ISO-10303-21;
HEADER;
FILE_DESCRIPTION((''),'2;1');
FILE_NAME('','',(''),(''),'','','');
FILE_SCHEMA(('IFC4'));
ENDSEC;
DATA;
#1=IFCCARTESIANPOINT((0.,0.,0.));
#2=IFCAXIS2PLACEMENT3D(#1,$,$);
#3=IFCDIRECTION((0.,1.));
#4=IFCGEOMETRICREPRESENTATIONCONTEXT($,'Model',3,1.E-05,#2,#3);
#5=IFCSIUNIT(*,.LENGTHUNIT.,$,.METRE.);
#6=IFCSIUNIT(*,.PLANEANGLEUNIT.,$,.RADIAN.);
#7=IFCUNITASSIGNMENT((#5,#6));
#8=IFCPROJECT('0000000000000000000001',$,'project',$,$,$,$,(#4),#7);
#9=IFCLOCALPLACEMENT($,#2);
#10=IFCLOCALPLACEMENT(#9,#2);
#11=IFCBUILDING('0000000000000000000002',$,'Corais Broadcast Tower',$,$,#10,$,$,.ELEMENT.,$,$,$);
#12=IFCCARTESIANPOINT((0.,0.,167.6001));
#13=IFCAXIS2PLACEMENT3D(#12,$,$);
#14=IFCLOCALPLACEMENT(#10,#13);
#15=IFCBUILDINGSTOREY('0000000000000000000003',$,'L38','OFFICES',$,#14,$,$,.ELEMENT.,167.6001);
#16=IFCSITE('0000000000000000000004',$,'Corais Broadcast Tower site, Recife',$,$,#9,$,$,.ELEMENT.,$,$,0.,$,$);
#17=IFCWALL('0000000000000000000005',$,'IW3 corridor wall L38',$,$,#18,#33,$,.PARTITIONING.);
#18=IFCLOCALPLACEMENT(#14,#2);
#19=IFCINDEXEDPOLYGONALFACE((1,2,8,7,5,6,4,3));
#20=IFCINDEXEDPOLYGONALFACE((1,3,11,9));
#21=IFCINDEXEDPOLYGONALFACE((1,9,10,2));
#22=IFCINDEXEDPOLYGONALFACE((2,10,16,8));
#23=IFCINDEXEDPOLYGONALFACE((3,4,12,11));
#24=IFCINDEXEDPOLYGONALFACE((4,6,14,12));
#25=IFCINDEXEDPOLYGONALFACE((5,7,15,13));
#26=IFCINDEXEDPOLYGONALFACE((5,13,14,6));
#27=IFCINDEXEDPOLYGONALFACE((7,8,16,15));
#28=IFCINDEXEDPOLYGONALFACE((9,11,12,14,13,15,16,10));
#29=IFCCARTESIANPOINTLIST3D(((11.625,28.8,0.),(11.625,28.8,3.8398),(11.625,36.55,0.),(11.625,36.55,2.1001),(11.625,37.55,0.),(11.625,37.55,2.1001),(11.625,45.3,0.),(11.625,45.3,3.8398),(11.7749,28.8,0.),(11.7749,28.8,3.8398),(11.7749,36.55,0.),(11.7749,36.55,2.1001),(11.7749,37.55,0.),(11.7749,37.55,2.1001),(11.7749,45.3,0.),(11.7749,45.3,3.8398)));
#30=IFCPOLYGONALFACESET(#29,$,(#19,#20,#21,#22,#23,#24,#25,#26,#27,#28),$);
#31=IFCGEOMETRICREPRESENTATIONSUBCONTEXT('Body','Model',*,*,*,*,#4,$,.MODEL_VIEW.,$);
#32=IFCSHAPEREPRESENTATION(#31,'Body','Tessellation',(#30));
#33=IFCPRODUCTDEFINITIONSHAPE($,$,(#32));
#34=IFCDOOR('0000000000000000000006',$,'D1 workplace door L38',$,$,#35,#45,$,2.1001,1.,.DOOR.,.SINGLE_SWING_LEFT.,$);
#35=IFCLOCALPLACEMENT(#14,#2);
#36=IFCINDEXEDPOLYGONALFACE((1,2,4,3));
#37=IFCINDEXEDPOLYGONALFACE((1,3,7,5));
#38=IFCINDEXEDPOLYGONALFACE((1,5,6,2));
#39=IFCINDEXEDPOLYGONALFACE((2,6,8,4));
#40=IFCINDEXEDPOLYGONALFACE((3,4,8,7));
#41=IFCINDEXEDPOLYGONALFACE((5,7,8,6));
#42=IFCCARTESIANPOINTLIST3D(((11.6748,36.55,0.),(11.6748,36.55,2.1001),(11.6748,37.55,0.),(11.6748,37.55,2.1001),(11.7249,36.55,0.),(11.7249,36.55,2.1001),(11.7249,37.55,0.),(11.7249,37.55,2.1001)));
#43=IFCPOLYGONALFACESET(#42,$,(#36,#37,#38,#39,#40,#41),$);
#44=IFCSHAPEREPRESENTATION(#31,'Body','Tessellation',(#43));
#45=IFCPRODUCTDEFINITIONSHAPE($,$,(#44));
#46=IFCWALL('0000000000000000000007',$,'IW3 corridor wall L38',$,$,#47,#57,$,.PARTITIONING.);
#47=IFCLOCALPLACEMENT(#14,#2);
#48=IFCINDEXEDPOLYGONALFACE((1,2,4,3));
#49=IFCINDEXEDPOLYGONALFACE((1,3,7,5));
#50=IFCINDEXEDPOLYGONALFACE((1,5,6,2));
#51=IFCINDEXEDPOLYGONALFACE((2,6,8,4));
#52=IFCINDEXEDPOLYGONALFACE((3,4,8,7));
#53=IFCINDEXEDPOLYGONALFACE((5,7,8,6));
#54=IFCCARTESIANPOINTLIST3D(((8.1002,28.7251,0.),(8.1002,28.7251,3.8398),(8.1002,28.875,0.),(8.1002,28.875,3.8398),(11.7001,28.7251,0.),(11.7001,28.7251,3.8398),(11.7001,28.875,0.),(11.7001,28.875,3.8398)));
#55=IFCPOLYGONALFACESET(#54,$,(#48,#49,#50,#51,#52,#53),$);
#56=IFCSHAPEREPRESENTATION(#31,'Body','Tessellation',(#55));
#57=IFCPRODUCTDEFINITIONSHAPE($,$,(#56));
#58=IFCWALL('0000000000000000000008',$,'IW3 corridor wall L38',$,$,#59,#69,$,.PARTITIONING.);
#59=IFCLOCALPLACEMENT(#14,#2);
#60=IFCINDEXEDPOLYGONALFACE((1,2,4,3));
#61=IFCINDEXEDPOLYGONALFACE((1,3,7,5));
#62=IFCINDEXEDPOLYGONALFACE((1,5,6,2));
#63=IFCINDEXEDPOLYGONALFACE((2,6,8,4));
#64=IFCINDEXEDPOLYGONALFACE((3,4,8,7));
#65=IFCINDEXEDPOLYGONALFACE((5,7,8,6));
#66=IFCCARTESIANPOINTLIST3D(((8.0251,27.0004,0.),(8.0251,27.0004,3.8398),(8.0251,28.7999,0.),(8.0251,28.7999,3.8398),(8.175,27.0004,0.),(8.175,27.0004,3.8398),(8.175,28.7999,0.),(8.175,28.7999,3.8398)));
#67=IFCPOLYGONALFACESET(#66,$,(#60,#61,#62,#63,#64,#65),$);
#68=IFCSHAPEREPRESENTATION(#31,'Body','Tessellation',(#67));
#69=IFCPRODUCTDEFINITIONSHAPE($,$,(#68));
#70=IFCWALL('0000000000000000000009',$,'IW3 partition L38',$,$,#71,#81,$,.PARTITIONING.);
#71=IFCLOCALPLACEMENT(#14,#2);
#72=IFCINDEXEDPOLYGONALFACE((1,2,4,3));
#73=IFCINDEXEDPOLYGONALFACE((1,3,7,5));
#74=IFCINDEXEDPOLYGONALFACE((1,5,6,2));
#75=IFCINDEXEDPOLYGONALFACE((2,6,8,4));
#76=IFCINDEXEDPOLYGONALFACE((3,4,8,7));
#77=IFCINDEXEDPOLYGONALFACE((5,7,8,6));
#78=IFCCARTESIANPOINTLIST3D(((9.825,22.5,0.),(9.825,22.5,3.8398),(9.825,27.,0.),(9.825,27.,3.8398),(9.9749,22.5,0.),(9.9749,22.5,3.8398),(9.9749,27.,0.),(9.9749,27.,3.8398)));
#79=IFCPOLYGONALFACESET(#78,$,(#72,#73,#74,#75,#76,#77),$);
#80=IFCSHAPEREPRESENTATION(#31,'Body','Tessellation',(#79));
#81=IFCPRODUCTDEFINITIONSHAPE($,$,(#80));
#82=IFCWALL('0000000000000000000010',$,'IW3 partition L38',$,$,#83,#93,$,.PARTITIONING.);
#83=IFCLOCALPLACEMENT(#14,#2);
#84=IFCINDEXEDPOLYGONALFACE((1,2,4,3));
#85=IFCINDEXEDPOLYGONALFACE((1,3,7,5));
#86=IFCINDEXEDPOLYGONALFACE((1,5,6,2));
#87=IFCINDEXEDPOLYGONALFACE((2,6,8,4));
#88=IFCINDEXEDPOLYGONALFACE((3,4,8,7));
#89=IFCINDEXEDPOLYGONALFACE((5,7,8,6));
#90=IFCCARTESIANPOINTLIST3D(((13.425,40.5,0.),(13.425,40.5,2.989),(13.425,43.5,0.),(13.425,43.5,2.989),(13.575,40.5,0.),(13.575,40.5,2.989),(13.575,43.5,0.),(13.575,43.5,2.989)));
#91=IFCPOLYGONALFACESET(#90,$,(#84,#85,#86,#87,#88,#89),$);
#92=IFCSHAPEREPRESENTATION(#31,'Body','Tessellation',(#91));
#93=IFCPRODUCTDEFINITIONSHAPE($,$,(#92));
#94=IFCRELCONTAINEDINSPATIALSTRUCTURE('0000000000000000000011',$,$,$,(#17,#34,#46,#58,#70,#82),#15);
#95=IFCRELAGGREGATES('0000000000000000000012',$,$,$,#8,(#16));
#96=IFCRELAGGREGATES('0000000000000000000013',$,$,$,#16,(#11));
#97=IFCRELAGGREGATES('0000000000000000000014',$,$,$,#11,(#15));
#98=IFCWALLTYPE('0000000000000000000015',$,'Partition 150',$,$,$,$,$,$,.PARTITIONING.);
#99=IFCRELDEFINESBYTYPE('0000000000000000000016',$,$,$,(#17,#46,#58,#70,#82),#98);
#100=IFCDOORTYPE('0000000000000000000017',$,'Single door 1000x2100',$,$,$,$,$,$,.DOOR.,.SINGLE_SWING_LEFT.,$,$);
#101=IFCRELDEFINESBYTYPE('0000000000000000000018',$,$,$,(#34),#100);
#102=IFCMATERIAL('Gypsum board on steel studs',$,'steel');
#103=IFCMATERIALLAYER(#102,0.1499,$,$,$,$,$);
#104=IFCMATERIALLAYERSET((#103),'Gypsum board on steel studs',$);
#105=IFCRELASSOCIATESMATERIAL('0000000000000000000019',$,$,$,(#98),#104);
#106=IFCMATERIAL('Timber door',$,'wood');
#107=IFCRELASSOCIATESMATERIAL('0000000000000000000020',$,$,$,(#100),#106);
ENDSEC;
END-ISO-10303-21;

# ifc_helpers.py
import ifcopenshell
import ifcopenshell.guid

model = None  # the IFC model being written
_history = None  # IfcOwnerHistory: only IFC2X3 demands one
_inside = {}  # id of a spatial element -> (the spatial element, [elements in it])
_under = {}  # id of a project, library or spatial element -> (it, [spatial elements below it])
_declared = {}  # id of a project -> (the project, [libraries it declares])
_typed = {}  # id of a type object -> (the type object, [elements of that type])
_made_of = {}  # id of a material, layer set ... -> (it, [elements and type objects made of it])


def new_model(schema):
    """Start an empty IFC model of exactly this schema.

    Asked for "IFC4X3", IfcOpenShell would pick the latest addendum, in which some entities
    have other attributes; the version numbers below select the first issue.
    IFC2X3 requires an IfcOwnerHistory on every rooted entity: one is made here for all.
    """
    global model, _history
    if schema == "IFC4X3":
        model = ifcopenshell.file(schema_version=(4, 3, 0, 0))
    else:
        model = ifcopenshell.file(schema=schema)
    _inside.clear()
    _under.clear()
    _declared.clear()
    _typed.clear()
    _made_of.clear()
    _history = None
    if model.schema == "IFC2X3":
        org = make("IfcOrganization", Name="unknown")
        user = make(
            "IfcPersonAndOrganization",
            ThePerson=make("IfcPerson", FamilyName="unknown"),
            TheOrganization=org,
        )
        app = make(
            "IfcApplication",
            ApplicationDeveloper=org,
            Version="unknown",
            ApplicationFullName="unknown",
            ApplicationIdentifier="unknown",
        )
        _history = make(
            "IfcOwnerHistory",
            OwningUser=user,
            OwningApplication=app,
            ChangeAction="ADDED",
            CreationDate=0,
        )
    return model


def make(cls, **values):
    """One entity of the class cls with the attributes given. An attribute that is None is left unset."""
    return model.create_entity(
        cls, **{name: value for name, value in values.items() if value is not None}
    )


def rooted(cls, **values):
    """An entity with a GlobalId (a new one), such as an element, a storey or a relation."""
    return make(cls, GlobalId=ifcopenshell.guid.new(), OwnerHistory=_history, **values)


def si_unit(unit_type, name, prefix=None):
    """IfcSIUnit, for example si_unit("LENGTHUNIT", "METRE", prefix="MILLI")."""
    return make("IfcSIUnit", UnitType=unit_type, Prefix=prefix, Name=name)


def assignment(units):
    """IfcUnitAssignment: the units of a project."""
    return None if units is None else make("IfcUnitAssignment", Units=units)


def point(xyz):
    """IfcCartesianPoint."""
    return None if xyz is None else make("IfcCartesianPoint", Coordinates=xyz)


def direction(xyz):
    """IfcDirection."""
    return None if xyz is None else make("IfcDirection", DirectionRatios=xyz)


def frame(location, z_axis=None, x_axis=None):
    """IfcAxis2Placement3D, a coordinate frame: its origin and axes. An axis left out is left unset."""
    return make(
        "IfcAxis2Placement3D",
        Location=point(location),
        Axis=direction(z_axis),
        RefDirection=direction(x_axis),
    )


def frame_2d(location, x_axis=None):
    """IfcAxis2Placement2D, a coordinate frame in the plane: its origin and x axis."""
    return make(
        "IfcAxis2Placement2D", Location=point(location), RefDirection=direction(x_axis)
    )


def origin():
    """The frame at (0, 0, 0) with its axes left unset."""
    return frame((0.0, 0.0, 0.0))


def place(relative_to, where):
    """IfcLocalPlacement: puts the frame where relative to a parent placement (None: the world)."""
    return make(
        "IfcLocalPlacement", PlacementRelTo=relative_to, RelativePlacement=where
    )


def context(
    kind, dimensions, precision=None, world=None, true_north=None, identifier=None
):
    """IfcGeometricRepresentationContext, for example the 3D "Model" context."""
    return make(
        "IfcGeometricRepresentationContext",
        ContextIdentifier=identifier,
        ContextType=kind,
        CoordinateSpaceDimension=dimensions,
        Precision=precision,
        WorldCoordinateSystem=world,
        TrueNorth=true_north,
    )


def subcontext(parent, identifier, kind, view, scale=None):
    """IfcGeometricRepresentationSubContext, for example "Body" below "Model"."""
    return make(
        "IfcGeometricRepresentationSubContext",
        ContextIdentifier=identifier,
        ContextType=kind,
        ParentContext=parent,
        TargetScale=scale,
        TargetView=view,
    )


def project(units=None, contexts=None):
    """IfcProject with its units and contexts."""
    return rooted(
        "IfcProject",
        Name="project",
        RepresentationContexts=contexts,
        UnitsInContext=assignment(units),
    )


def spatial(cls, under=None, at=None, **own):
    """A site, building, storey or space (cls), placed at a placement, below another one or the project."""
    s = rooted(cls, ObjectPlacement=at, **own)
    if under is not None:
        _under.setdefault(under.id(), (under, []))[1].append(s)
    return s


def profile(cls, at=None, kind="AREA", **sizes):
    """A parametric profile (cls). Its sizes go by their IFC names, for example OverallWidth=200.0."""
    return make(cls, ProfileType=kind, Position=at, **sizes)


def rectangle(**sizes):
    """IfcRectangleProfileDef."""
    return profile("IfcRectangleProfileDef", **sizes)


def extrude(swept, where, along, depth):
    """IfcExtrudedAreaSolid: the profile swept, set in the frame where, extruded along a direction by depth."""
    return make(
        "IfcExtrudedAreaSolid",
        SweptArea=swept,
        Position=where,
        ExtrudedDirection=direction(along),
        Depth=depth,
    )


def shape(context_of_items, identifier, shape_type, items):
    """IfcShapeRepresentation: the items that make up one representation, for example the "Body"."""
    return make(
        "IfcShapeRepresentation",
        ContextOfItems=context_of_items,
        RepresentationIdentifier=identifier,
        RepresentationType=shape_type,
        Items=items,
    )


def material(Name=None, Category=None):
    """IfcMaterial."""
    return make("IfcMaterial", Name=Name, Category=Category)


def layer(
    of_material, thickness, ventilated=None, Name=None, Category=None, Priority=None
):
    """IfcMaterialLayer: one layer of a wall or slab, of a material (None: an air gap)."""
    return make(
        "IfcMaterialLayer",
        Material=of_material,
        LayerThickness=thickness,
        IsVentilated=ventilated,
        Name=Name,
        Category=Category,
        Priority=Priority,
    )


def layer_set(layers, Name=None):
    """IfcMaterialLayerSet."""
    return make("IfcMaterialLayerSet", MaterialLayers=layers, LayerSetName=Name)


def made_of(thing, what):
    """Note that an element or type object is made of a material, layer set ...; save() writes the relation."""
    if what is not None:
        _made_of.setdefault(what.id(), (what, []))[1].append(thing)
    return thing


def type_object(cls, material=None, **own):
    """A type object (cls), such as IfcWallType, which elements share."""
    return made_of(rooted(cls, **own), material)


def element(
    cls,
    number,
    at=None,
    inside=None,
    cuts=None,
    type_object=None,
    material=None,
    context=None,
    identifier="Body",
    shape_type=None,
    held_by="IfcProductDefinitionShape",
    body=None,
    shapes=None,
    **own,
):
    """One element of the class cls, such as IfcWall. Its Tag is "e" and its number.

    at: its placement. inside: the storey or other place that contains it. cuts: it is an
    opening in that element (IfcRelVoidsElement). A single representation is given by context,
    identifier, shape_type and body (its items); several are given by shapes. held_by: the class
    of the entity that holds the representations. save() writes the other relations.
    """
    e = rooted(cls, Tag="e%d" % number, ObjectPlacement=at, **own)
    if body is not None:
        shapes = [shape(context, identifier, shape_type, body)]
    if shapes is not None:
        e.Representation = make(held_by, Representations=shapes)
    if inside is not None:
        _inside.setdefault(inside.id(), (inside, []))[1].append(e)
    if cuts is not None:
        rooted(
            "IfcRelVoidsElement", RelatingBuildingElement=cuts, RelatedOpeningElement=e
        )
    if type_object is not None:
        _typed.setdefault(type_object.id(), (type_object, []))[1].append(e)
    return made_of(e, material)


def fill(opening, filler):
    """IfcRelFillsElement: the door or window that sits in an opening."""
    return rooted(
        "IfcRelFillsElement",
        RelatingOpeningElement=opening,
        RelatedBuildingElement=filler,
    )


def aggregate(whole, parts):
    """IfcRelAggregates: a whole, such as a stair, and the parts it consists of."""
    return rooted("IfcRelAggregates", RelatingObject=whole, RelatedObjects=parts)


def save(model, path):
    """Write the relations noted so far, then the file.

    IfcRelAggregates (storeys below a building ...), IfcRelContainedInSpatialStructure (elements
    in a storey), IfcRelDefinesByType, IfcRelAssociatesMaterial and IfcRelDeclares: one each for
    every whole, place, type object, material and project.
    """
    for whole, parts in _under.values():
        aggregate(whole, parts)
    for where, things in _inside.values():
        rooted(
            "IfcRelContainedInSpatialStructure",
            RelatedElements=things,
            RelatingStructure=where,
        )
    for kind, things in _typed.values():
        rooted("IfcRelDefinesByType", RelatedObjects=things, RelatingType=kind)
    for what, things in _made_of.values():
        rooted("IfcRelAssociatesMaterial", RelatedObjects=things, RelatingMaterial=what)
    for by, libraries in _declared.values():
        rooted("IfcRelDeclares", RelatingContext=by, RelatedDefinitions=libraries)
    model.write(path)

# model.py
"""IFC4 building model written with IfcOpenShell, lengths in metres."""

from ifc_helpers import new_model, si_unit, direction, frame, frame_2d, origin, place, context, subcontext, project, spatial, rectangle, extrude, material, layer, layer_set, type_object, element, fill, save


model = new_model("IFC4")

# Units and contexts
model_context = context("Model", 3, precision=1e-05, world=origin(), true_north=direction((0.0, 1.0)))
body_context = subcontext(model_context, "Body", "Model", "MODEL_VIEW")
ifc_project = project(units=[si_unit("LENGTHUNIT", "METRE"), si_unit("PLANEANGLEUNIT", "RADIAN")], contexts=[model_context])

# Site, building, storey
site_placement = place(None, origin())
site = spatial("IfcSite", under=ifc_project, at=site_placement, Name="Corais Broadcast Tower site, Recife", CompositionType="ELEMENT", RefElevation=0.0)
building_placement = place(site_placement, origin())
building = spatial("IfcBuilding", under=site, at=building_placement, Name="Corais Broadcast Tower", CompositionType="ELEMENT")
storey_placement = place(building_placement, frame((0.0, 0.0, 167.6001)))
storey = spatial("IfcBuildingStorey", under=building, at=storey_placement, Name="L38", Description="OFFICES", CompositionType="ELEMENT", Elevation=167.6001)

# Wall, opening, door
ifc_material_1 = material(Name="Gypsum board on steel studs", Category="steel")
ifc_layer_1 = layer(ifc_material_1, 0.1499)
ifc_layer_set_1 = layer_set([ifc_layer_1], Name="Gypsum board on steel studs")
wall_type_1 = type_object("IfcWallType", Name="Partition 150", PredefinedType="PARTITIONING", material=ifc_layer_set_1)
wall_1_placement = place(storey_placement, frame((11.7, 45.3, 0.0), z_axis=(0.0, 0.0, 1.0), x_axis=(0.0, -1.0, 0.0)))
wall_1 = element("IfcWall", 1, at=wall_1_placement, inside=storey, type_object=wall_type_1, Name="IW3 corridor wall L38", PredefinedType="PARTITIONING", context=body_context, shape_type="SweptSolid", body=[
    extrude(rectangle(XDim=16.5, YDim=0.1499, at=frame_2d((8.25, 0.0))), origin(), (0.0, 0.0, 1.0), 3.8398),
])
opening_1_placement = place(wall_1_placement, frame((7.75, 0.0, 0.0)))
opening_1 = element("IfcOpeningElement", 2, at=opening_1_placement, cuts=wall_1, PredefinedType="OPENING", context=body_context, shape_type="SweptSolid", body=[
    extrude(rectangle(XDim=1.0, YDim=2.1001, at=frame_2d((0.5, 1.05))), frame((0.0, 0.085, 0.0), z_axis=(0.0, -1.0, 0.0), x_axis=(1.0, 0.0, 0.0)), (0.0, 0.0, 1.0), 0.1699),
])
ifc_material_2 = material(Name="Timber door", Category="wood")
door_type_1 = type_object("IfcDoorType", Name="Single door 1000x2100", OperationType="SINGLE_SWING_LEFT", PredefinedType="DOOR", material=ifc_material_2)
door_1_placement = place(opening_1_placement, origin())
door_1 = element("IfcDoor", 3, at=door_1_placement, inside=storey, type_object=door_type_1, Name="D1 workplace door L38", OperationType="SINGLE_SWING_LEFT", OverallHeight=2.1001, OverallWidth=1.0, PredefinedType="DOOR", context=body_context, shape_type="SweptSolid", body=[
    extrude(rectangle(XDim=1.0, YDim=2.1001, at=frame_2d((0.5, 1.05))), frame((0.0, 0.0249, 0.0), z_axis=(0.0, -1.0, 0.0), x_axis=(1.0, 0.0, 0.0)), (0.0, 0.0, 1.0), 0.05),
])
fill(opening_1, door_1)

# Walls
wall_2_placement = place(storey_placement, frame((11.7, 28.8, 0.0), z_axis=(0.0, 0.0, 1.0), x_axis=(-1.0, 0.0, 0.0)))
element("IfcWall", 4, at=wall_2_placement, inside=storey, type_object=wall_type_1, Name="IW3 corridor wall L38", PredefinedType="PARTITIONING", context=body_context, shape_type="SweptSolid", body=[
    extrude(rectangle(XDim=3.5999, YDim=0.1499, at=frame_2d((1.7998, 0.0))), origin(), (0.0, 0.0, 1.0), 3.8398),
])
wall_3_placement = place(storey_placement, frame((8.1001, 28.8, 0.0), z_axis=(0.0, 0.0, 1.0), x_axis=(0.0, -1.0, 0.0)))
element("IfcWall", 5, at=wall_3_placement, inside=storey, type_object=wall_type_1, Name="IW3 corridor wall L38", PredefinedType="PARTITIONING", context=body_context, shape_type="SweptSolid", body=[
    extrude(rectangle(XDim=1.7996, YDim=0.1499, at=frame_2d((0.8999, 0.0))), origin(), (0.0, 0.0, 1.0), 3.8398),
])
wall_4_placement = place(storey_placement, frame((9.8999, 27.0, 0.0), z_axis=(0.0, 0.0, 1.0), x_axis=(0.0, -1.0, 0.0)))
element("IfcWall", 6, at=wall_4_placement, inside=storey, type_object=wall_type_1, Name="IW3 partition L38", PredefinedType="PARTITIONING", context=body_context, shape_type="SweptSolid", body=[
    extrude(rectangle(XDim=4.5, YDim=0.1499, at=frame_2d((2.25, 0.0))), origin(), (0.0, 0.0, 1.0), 3.8398),
])
wall_5_placement = place(storey_placement, frame((13.5, 43.5, 0.0), z_axis=(0.0, 0.0, 1.0), x_axis=(0.0, -1.0, 0.0)))
element("IfcWall", 7, at=wall_5_placement, inside=storey, type_object=wall_type_1, Name="IW3 partition L38", PredefinedType="PARTITIONING", context=body_context, shape_type="SweptSolid", body=[
    extrude(rectangle(XDim=3.0, YDim=0.1499, at=frame_2d((1.5, 0.0))), origin(), (0.0, 0.0, 1.0), 2.989),
])

save(model, "model.ifc")
